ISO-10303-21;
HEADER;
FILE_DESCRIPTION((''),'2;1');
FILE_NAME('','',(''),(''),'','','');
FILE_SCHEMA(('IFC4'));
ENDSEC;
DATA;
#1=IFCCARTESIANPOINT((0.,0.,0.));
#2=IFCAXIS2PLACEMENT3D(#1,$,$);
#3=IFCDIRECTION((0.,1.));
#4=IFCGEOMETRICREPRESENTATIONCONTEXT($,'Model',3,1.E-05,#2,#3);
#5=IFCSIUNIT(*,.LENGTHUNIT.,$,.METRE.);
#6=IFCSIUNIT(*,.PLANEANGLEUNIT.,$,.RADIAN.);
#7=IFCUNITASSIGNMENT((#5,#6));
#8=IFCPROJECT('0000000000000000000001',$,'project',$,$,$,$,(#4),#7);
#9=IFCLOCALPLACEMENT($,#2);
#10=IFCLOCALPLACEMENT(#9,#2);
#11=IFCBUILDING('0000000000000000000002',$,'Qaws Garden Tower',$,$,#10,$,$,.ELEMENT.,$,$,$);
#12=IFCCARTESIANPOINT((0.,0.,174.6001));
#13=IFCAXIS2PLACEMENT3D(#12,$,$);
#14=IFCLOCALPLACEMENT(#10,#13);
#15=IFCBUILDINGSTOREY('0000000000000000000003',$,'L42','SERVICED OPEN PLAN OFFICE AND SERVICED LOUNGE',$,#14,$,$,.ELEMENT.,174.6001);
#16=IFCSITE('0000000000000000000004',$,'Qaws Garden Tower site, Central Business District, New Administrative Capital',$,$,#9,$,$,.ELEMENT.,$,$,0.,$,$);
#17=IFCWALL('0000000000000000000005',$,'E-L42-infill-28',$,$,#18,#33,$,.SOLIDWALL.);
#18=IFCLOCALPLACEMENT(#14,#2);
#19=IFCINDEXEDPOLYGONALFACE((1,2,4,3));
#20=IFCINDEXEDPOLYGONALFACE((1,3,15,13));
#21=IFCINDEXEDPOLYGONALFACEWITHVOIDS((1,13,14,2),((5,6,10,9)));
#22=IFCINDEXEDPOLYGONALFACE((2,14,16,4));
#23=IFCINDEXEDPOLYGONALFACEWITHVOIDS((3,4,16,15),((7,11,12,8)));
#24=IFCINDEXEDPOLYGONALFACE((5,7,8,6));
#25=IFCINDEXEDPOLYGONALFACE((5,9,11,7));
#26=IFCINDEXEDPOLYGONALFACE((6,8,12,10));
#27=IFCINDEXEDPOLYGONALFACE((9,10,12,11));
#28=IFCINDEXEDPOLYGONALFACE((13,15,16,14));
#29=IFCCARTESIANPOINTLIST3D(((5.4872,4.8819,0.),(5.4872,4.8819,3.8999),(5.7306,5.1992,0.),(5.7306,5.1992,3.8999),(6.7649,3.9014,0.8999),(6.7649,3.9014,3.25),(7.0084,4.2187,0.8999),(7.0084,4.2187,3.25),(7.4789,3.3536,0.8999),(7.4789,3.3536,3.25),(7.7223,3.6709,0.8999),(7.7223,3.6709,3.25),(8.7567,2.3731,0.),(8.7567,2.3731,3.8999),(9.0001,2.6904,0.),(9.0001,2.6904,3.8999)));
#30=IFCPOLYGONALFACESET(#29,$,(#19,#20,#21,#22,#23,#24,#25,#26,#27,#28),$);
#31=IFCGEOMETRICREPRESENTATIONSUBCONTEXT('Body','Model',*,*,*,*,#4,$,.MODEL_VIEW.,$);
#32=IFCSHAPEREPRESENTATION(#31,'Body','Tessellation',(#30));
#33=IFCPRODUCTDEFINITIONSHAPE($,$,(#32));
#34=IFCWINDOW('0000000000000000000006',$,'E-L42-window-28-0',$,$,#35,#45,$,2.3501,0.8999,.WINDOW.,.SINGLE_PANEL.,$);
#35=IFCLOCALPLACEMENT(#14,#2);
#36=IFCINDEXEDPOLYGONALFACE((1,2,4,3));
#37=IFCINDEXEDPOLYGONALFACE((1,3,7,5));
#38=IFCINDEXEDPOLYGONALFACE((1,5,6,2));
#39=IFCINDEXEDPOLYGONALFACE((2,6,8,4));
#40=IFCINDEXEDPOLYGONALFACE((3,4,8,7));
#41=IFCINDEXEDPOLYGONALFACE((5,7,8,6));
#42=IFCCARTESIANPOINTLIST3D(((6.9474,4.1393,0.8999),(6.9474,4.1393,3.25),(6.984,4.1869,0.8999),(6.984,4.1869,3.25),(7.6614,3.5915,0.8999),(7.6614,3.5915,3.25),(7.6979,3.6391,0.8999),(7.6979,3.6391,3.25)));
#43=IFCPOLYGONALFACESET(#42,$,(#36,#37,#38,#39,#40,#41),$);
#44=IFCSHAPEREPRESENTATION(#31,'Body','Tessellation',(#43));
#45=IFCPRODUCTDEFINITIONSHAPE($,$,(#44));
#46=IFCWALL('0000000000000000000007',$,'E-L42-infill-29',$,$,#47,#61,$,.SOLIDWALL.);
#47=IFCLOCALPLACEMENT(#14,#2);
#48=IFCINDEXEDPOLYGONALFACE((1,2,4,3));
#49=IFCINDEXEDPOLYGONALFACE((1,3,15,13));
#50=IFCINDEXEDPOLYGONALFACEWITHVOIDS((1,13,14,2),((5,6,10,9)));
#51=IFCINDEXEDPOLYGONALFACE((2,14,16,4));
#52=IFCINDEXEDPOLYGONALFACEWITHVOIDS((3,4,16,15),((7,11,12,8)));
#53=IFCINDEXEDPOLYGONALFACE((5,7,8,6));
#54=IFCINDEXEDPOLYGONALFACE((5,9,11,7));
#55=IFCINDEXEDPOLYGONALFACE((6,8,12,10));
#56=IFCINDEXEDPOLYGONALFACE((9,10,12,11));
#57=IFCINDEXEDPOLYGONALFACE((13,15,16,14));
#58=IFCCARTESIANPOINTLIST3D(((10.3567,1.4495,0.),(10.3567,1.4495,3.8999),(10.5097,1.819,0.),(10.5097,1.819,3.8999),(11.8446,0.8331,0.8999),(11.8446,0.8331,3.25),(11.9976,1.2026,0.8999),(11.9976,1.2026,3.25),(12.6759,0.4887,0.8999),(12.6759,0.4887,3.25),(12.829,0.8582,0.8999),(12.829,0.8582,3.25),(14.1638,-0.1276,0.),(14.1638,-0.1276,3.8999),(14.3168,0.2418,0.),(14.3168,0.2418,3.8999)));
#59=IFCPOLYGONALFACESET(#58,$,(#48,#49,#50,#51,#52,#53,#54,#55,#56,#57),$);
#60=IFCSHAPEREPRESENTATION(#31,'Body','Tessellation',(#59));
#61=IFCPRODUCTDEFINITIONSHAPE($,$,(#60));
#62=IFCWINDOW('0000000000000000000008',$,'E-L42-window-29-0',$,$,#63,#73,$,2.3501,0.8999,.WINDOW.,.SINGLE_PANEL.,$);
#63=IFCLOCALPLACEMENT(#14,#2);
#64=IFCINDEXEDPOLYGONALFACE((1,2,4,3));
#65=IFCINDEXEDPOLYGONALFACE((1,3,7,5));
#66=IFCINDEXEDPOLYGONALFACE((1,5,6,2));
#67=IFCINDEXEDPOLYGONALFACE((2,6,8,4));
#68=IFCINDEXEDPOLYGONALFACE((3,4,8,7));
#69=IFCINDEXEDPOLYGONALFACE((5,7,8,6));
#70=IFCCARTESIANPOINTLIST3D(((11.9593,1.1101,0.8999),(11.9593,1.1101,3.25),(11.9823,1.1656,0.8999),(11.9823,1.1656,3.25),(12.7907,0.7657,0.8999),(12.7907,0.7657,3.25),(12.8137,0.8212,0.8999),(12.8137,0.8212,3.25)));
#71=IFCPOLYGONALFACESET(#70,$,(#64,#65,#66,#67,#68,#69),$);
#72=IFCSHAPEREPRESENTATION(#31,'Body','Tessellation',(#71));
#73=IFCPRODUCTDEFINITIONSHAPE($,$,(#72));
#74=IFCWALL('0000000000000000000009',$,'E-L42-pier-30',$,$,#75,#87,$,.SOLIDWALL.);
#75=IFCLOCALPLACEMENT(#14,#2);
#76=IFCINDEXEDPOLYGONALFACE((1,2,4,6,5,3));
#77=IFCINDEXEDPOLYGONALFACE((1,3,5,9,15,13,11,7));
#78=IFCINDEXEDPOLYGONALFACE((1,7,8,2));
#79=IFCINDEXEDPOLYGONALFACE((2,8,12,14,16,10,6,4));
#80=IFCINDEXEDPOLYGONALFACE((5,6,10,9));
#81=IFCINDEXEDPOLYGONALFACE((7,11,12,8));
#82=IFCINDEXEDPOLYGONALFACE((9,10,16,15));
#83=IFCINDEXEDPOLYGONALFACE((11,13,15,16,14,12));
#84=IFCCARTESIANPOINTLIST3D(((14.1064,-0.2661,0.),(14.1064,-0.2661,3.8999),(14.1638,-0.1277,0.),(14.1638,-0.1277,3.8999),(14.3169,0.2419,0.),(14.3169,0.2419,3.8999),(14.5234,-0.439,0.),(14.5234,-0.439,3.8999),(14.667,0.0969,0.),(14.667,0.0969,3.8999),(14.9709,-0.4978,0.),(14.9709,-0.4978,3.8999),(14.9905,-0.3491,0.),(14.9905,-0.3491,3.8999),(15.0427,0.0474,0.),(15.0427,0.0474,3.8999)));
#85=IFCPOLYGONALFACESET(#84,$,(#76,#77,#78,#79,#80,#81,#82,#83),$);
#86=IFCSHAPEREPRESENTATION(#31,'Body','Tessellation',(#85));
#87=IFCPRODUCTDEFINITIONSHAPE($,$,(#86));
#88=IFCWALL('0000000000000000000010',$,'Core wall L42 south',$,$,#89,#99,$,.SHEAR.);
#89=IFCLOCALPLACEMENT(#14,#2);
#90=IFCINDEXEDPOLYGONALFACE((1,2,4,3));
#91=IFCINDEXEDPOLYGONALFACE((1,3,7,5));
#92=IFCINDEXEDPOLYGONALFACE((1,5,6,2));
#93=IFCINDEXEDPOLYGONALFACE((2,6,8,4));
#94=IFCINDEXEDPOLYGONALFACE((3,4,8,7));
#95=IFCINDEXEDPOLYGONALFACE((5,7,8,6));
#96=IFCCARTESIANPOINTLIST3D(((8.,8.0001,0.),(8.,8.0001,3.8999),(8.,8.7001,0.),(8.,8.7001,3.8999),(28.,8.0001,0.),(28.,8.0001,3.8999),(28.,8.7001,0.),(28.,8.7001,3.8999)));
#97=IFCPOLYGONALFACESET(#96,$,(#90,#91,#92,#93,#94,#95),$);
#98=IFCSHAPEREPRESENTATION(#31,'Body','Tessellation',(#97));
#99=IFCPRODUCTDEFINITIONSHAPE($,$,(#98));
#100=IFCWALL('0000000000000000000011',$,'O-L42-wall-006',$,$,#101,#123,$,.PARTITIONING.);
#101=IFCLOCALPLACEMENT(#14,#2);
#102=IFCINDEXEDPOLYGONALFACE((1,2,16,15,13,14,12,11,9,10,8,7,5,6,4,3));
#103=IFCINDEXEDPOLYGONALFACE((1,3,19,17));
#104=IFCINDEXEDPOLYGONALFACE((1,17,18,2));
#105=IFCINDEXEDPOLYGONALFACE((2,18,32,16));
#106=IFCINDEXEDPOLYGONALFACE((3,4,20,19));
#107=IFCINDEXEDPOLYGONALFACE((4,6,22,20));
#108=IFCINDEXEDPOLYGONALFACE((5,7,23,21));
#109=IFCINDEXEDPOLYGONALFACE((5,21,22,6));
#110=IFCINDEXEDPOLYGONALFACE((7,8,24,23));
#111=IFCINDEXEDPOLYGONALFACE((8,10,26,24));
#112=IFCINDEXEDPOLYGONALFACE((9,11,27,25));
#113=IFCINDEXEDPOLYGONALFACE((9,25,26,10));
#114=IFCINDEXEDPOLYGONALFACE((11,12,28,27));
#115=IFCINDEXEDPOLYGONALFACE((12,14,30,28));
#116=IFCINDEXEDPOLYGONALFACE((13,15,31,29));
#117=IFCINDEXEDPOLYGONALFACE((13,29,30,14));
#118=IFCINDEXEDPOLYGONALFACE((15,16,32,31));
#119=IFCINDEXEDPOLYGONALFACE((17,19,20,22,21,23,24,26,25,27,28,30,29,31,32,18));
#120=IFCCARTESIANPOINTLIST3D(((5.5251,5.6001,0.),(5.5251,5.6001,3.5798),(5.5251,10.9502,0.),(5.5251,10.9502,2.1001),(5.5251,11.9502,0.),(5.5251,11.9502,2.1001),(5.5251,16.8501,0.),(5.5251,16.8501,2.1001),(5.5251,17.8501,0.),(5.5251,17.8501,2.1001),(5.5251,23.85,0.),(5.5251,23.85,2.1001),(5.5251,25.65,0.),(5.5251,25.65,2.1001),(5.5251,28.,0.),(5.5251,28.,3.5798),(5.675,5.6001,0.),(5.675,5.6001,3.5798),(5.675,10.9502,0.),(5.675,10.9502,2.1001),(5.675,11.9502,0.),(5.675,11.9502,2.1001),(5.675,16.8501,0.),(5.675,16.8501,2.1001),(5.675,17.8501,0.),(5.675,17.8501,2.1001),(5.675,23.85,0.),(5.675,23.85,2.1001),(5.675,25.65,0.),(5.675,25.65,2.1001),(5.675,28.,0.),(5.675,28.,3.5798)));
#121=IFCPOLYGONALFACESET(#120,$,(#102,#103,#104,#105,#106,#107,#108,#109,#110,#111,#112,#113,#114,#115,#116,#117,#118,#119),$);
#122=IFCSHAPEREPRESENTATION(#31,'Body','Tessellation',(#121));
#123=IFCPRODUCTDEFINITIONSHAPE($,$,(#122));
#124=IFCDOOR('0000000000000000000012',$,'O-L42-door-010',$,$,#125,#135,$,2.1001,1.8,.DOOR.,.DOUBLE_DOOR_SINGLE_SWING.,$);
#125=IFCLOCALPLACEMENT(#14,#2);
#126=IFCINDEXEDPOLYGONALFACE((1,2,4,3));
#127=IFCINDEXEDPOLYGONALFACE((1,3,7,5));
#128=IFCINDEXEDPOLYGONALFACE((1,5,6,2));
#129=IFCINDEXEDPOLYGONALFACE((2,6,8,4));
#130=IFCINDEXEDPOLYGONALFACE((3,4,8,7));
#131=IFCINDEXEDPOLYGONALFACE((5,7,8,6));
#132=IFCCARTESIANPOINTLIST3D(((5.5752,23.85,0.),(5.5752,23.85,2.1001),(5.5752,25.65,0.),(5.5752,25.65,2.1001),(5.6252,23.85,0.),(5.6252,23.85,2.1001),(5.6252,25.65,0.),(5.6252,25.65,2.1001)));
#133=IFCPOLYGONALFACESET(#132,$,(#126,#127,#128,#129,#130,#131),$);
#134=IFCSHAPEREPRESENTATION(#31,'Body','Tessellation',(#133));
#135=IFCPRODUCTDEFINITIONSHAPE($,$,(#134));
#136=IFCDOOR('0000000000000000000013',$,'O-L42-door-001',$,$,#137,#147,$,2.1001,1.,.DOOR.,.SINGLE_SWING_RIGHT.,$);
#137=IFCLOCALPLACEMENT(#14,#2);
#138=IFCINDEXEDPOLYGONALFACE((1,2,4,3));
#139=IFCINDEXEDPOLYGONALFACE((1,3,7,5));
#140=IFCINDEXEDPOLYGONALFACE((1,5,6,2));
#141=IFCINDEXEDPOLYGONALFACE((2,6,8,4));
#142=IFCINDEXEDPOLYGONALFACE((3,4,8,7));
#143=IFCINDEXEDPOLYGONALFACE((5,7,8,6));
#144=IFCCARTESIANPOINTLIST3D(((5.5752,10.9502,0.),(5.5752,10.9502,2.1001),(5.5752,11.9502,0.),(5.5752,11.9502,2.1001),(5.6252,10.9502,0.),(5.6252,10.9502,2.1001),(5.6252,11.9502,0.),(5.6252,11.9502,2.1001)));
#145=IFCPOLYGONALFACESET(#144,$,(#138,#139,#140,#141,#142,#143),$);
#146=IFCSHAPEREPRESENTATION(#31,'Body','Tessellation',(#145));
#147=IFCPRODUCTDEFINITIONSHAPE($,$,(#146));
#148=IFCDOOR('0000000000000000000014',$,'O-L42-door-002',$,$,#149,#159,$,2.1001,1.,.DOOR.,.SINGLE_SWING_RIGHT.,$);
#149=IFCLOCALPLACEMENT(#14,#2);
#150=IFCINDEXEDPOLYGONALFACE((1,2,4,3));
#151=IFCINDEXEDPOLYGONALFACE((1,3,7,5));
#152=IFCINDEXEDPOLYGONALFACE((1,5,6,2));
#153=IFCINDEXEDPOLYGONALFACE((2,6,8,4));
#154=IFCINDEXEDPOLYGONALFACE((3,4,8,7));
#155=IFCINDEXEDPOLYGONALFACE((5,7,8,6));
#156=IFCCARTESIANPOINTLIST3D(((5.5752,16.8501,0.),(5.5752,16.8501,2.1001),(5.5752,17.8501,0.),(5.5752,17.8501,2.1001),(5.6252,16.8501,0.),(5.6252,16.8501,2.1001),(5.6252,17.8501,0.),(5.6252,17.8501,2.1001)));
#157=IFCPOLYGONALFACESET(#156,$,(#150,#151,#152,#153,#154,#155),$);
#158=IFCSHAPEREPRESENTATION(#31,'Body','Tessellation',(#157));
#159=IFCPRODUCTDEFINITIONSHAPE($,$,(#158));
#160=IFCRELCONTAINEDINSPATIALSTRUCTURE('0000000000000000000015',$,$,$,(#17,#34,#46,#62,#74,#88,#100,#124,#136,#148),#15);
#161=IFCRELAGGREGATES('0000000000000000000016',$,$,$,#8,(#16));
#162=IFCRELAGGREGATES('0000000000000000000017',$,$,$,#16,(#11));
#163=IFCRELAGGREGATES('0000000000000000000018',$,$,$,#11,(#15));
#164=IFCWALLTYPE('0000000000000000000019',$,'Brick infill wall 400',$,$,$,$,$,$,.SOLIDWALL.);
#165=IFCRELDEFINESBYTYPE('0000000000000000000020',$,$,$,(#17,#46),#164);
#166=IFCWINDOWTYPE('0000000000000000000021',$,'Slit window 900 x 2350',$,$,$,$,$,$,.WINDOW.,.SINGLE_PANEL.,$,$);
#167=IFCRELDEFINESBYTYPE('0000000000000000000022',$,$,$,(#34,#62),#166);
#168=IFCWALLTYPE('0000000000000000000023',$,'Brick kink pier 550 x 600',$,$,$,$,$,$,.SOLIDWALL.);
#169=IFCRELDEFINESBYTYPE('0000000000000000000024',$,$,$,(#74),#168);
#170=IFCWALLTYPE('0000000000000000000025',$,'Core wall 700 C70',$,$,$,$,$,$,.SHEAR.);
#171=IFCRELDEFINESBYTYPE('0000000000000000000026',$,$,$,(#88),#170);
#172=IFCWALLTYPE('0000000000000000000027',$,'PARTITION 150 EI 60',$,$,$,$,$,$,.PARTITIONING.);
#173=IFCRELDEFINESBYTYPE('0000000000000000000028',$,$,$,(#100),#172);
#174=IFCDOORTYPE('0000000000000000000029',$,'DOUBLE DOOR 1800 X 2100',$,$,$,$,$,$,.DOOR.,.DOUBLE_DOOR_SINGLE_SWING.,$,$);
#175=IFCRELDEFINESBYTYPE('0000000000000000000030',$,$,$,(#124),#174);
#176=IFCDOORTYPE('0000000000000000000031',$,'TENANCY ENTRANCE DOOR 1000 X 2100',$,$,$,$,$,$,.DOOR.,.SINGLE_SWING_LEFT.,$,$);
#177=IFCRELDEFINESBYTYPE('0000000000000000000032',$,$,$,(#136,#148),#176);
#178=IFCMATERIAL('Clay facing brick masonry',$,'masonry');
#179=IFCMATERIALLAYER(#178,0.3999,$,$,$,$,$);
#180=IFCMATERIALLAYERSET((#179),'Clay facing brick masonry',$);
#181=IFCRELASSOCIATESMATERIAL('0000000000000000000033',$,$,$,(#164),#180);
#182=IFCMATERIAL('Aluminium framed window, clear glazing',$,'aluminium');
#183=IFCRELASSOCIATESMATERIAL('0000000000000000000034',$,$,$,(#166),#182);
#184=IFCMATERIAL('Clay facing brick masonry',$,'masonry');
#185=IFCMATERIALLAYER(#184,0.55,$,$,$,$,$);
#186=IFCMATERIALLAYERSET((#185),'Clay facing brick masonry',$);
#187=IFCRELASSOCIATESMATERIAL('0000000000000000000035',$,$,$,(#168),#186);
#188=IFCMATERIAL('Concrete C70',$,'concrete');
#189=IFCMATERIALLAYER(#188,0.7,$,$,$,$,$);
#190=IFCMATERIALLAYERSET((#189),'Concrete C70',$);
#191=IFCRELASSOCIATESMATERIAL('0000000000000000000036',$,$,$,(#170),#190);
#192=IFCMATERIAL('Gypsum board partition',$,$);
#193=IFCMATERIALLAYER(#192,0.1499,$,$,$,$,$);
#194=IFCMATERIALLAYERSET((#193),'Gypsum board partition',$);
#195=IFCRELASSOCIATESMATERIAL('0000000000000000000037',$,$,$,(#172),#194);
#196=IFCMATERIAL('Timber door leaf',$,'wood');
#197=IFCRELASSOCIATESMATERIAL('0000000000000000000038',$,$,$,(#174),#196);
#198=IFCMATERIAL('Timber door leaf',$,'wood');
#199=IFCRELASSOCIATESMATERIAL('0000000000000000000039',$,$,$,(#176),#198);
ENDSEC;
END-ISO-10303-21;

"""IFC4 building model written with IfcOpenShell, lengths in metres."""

from ifc_helpers import new_model, si_unit, direction, frame, frame_2d, origin, place, context, subcontext, project, spatial, polyline, rectangle, outline, extrude, material, layer, layer_set, type_object, element, fill, save


model = new_model("IFC4")

# Units and contexts
model_context = context("Model", 3, precision=1e-05, world=origin(), true_north=direction((0.0, 1.0)))
body_context = subcontext(model_context, "Body", "Model", "MODEL_VIEW")
ifc_project = project(units=[si_unit("LENGTHUNIT", "METRE"), si_unit("PLANEANGLEUNIT", "RADIAN")], contexts=[model_context])

# Site, building, storey
site_placement = place(None, origin())
site = spatial("IfcSite", under=ifc_project, at=site_placement, Name="Qaws Garden Tower site, Central Business District, New Administrative Capital", CompositionType="ELEMENT", RefElevation=0.0)
building_placement = place(site_placement, origin())
building = spatial("IfcBuilding", under=site, at=building_placement, Name="Qaws Garden Tower", CompositionType="ELEMENT")
storey_placement = place(building_placement, frame((0.0, 0.0, 174.6001)))
storey = spatial("IfcBuildingStorey", under=building, at=storey_placement, Name="L42", Description="SERVICED OPEN PLAN OFFICE AND SERVICED LOUNGE", CompositionType="ELEMENT", Elevation=174.6001)

# Shared definitions
placement_1 = place(storey_placement, origin())

# Walls, openings, windows
ifc_material_1 = material(Name="Clay facing brick masonry", Category="masonry")
ifc_layer_1 = layer(ifc_material_1, 0.3999)
ifc_layer_set_1 = layer_set([ifc_layer_1], Name="Clay facing brick masonry")
wall_type_1 = type_object("IfcWallType", Name="Brick infill wall 400", PredefinedType="SOLIDWALL", material=ifc_layer_set_1)
ifc_material_2 = material(Name="Aluminium framed window, clear glazing", Category="aluminium")
window_type = type_object("IfcWindowType", Name="Slit window 900 x 2350", PartitioningType="SINGLE_PANEL", PredefinedType="WINDOW", material=ifc_material_2)
wall_1_placement = place(storey_placement, frame((5.6089, 5.0405, 0.0), z_axis=(0.0, 0.0, 1.0), x_axis=(0.793355, -0.60876, 0.0)))
wall_1 = element("IfcWall", 1, at=wall_1_placement, inside=storey, type_object=wall_type_1, Name="E-L42-infill-28", PredefinedType="SOLIDWALL", context=body_context, shape_type="SweptSolid", body=[
    extrude(rectangle(XDim=4.1211, YDim=0.3999, at=frame_2d((2.0605, 0.0))), origin(), (0.0, 0.0, 1.0), 3.8999),
])
opening_1_placement = place(wall_1_placement, frame((1.6106, 0.0, 0.8999)))
opening_1 = element("IfcOpeningElement", 2, at=opening_1_placement, cuts=wall_1, PredefinedType="OPENING", context=body_context, shape_type="SweptSolid", body=[
    extrude(rectangle(XDim=0.8999, YDim=2.3501, at=frame_2d((0.45, 1.175))), frame((0.0, 0.21, 0.0), z_axis=(0.0, -1.0, 0.0), x_axis=(1.0, 0.0, 0.0)), (0.0, 0.0, 1.0), 0.4199),
])
window_1_placement = place(opening_1_placement, origin())
window_1 = element("IfcWindow", 3, at=window_1_placement, inside=storey, type_object=window_type, Name="E-L42-window-28-0", OverallHeight=2.3501, OverallWidth=0.8999, PartitioningType="SINGLE_PANEL", PredefinedType="WINDOW", context=body_context, shape_type="SweptSolid", body=[
    extrude(rectangle(XDim=0.8999, YDim=2.3501, at=frame_2d((0.45, 1.175))), frame((0.0, 0.1599, 0.0), z_axis=(0.0, -1.0, 0.0), x_axis=(1.0, 0.0, 0.0)), (0.0, 0.0, 1.0), 0.0601),
])
fill(opening_1, window_1)
wall_2_placement = place(storey_placement, frame((10.4331, 1.6343, 0.0), z_axis=(0.0, 0.0, 1.0), x_axis=(0.923864, -0.382722, 0.0)))
wall_2 = element("IfcWall", 4, at=wall_2_placement, inside=storey, type_object=wall_type_1, Name="E-L42-infill-29", PredefinedType="SOLIDWALL", context=body_context, shape_type="SweptSolid", body=[
    extrude(rectangle(XDim=4.1208, YDim=0.3999, at=frame_2d((2.0605, 0.0))), origin(), (0.0, 0.0, 1.0), 3.8999),
])
opening_2_placement = place(wall_2_placement, frame((1.6106, 0.0, 0.8999)))
opening_2 = element("IfcOpeningElement", 5, at=opening_2_placement, cuts=wall_2, PredefinedType="OPENING", context=body_context, shape_type="SweptSolid", body=[
    extrude(rectangle(XDim=0.8999, YDim=2.3501, at=frame_2d((0.45, 1.175))), frame((0.0, 0.21, 0.0), z_axis=(0.0, -1.0, 0.0), x_axis=(1.0, 0.0, 0.0)), (0.0, 0.0, 1.0), 0.4199),
])
window_2_placement = place(opening_2_placement, origin())
window_2 = element("IfcWindow", 6, at=window_2_placement, inside=storey, type_object=window_type, Name="E-L42-window-29-0", OverallHeight=2.3501, OverallWidth=0.8999, PartitioningType="SINGLE_PANEL", PredefinedType="WINDOW", context=body_context, shape_type="SweptSolid", body=[
    extrude(rectangle(XDim=0.8999, YDim=2.3501, at=frame_2d((0.45, 1.175))), frame((0.0, 0.1599, 0.0), z_axis=(0.0, -1.0, 0.0), x_axis=(1.0, 0.0, 0.0)), (0.0, 0.0, 1.0), 0.0601),
])
fill(opening_2, window_2)

# Walls
ifc_material_3 = material(Name="Clay facing brick masonry", Category="masonry")
ifc_layer_2 = layer(ifc_material_3, 0.55)
ifc_layer_set_2 = layer_set([ifc_layer_2], Name="Clay facing brick masonry")
wall_type_2 = type_object("IfcWallType", Name="Brick kink pier 550 x 600", PredefinedType="SOLIDWALL", material=ifc_layer_set_2)
element("IfcWall", 7, at=placement_1, inside=storey, type_object=wall_type_2, Name="E-L42-pier-30", PredefinedType="SOLIDWALL", context=body_context, shape_type="SweptSolid", body=[
    extrude(outline(polyline([(14.1638, -0.1277), (14.1064, -0.2661), (14.5234, -0.439), (14.9709, -0.4978), (14.9905, -0.3491), (15.0427, 0.0474), (14.667, 0.0969), (14.3169, 0.2419), (14.1638, -0.1277)])), origin(), (0.0, 0.0, 1.0), 3.8999),
])
ifc_material_4 = material(Name="Concrete C70", Category="concrete")
ifc_layer_3 = layer(ifc_material_4, 0.7)
ifc_layer_set_3 = layer_set([ifc_layer_3], Name="Concrete C70")
wall_type_3 = type_object("IfcWallType", Name="Core wall 700 C70", PredefinedType="SHEAR", material=ifc_layer_set_3)
wall_3_placement = place(storey_placement, frame((8.0, 8.3501, 0.0), z_axis=(0.0, 0.0, 1.0), x_axis=(1.0, 0.0, 0.0)))
element("IfcWall", 8, at=wall_3_placement, inside=storey, type_object=wall_type_3, Name="Core wall L42 south", PredefinedType="SHEAR", context=body_context, shape_type="SweptSolid", body=[
    extrude(rectangle(XDim=20.0, YDim=0.7, at=frame_2d((10.0, 0.0))), origin(), (0.0, 0.0, 1.0), 3.8999),
])

# Wall, openings, doors
ifc_material_5 = material(Name="Gypsum board partition")
ifc_layer_4 = layer(ifc_material_5, 0.1499)
ifc_layer_set_4 = layer_set([ifc_layer_4], Name="Gypsum board partition")
wall_type_4 = type_object("IfcWallType", Name="PARTITION 150 EI 60", PredefinedType="PARTITIONING", material=ifc_layer_set_4)
wall_4_placement = place(storey_placement, frame((5.6001, 5.6001, 0.0), z_axis=(0.0, 0.0, 1.0), x_axis=(0.0, 1.0, 0.0)))
wall_4 = element("IfcWall", 9, at=wall_4_placement, inside=storey, type_object=wall_type_4, Name="O-L42-wall-006", PredefinedType="PARTITIONING", context=body_context, shape_type="SweptSolid", body=[
    extrude(rectangle(XDim=22.3999, YDim=0.1499, at=frame_2d((11.2, 0.0))), origin(), (0.0, 0.0, 1.0), 3.5798),
])
opening_3_placement = place(wall_4_placement, frame((5.3501, 0.0, 0.0)))
opening_3 = element("IfcOpeningElement", 10, at=opening_3_placement, cuts=wall_4, PredefinedType="OPENING", context=body_context, shape_type="SweptSolid", body=[
    extrude(rectangle(XDim=1.0, YDim=2.1001, at=frame_2d((0.5, 1.05))), frame((0.0, 0.085, 0.0), z_axis=(0.0, -1.0, 0.0), x_axis=(1.0, 0.0, 0.0)), (0.0, 0.0, 1.0), 0.1699),
])
opening_4_placement = place(wall_4_placement, frame((11.25, 0.0, 0.0)))
opening_4 = element("IfcOpeningElement", 11, at=opening_4_placement, cuts=wall_4, PredefinedType="OPENING", context=body_context, shape_type="SweptSolid", body=[
    extrude(rectangle(XDim=1.0, YDim=2.1001, at=frame_2d((0.5, 1.05))), frame((0.0, 0.085, 0.0), z_axis=(0.0, -1.0, 0.0), x_axis=(1.0, 0.0, 0.0)), (0.0, 0.0, 1.0), 0.1699),
])
opening_5_placement = place(wall_4_placement, frame((18.25, 0.0, 0.0)))
opening_5 = element("IfcOpeningElement", 12, at=opening_5_placement, cuts=wall_4, PredefinedType="OPENING", context=body_context, shape_type="SweptSolid", body=[
    extrude(rectangle(XDim=1.8, YDim=2.1001, at=frame_2d((0.8999, 1.05))), frame((0.0, 0.085, 0.0), z_axis=(0.0, -1.0, 0.0), x_axis=(1.0, 0.0, 0.0)), (0.0, 0.0, 1.0), 0.1699),
])
ifc_material_6 = material(Name="Timber door leaf", Category="wood")
door_type_1 = type_object("IfcDoorType", Name="DOUBLE DOOR 1800 X 2100", OperationType="DOUBLE_DOOR_SINGLE_SWING", PredefinedType="DOOR", material=ifc_material_6)
door_1_placement = place(opening_5_placement, origin())
door_1 = element("IfcDoor", 13, at=door_1_placement, inside=storey, type_object=door_type_1, Name="O-L42-door-010", OperationType="DOUBLE_DOOR_SINGLE_SWING", OverallHeight=2.1001, OverallWidth=1.8, PredefinedType="DOOR", context=body_context, shape_type="SweptSolid", body=[
    extrude(rectangle(XDim=1.8, YDim=2.1001, at=frame_2d((0.8999, 1.05))), frame((0.0, 0.0249, 0.0), z_axis=(0.0, -1.0, 0.0), x_axis=(1.0, 0.0, 0.0)), (0.0, 0.0, 1.0), 0.05),
])
fill(opening_5, door_1)
ifc_material_7 = material(Name="Timber door leaf", Category="wood")
door_type_2 = type_object("IfcDoorType", Name="TENANCY ENTRANCE DOOR 1000 X 2100", OperationType="SINGLE_SWING_LEFT", PredefinedType="DOOR", material=ifc_material_7)
door_2_placement = place(opening_3_placement, origin())
door_2 = element("IfcDoor", 14, at=door_2_placement, inside=storey, type_object=door_type_2, Name="O-L42-door-001", OperationType="SINGLE_SWING_RIGHT", OverallHeight=2.1001, OverallWidth=1.0, PredefinedType="DOOR", context=body_context, shape_type="SweptSolid", body=[
    extrude(rectangle(XDim=1.0, YDim=2.1001, at=frame_2d((0.5, 1.05))), frame((0.0, 0.0249, 0.0), z_axis=(0.0, -1.0, 0.0), x_axis=(1.0, 0.0, 0.0)), (0.0, 0.0, 1.0), 0.05),
])
fill(opening_3, door_2)
door_3_placement = place(opening_4_placement, origin())
door_3 = element("IfcDoor", 15, at=door_3_placement, inside=storey, type_object=door_type_2, Name="O-L42-door-002", OperationType="SINGLE_SWING_RIGHT", OverallHeight=2.1001, OverallWidth=1.0, PredefinedType="DOOR", context=body_context, shape_type="SweptSolid", body=[
    extrude(rectangle(XDim=1.0, YDim=2.1001, at=frame_2d((0.5, 1.05))), frame((0.0, 0.0249, 0.0), z_axis=(0.0, -1.0, 0.0), x_axis=(1.0, 0.0, 0.0)), (0.0, 0.0, 1.0), 0.05),
])
fill(opening_4, door_3)

save(model, "model.ifc")
